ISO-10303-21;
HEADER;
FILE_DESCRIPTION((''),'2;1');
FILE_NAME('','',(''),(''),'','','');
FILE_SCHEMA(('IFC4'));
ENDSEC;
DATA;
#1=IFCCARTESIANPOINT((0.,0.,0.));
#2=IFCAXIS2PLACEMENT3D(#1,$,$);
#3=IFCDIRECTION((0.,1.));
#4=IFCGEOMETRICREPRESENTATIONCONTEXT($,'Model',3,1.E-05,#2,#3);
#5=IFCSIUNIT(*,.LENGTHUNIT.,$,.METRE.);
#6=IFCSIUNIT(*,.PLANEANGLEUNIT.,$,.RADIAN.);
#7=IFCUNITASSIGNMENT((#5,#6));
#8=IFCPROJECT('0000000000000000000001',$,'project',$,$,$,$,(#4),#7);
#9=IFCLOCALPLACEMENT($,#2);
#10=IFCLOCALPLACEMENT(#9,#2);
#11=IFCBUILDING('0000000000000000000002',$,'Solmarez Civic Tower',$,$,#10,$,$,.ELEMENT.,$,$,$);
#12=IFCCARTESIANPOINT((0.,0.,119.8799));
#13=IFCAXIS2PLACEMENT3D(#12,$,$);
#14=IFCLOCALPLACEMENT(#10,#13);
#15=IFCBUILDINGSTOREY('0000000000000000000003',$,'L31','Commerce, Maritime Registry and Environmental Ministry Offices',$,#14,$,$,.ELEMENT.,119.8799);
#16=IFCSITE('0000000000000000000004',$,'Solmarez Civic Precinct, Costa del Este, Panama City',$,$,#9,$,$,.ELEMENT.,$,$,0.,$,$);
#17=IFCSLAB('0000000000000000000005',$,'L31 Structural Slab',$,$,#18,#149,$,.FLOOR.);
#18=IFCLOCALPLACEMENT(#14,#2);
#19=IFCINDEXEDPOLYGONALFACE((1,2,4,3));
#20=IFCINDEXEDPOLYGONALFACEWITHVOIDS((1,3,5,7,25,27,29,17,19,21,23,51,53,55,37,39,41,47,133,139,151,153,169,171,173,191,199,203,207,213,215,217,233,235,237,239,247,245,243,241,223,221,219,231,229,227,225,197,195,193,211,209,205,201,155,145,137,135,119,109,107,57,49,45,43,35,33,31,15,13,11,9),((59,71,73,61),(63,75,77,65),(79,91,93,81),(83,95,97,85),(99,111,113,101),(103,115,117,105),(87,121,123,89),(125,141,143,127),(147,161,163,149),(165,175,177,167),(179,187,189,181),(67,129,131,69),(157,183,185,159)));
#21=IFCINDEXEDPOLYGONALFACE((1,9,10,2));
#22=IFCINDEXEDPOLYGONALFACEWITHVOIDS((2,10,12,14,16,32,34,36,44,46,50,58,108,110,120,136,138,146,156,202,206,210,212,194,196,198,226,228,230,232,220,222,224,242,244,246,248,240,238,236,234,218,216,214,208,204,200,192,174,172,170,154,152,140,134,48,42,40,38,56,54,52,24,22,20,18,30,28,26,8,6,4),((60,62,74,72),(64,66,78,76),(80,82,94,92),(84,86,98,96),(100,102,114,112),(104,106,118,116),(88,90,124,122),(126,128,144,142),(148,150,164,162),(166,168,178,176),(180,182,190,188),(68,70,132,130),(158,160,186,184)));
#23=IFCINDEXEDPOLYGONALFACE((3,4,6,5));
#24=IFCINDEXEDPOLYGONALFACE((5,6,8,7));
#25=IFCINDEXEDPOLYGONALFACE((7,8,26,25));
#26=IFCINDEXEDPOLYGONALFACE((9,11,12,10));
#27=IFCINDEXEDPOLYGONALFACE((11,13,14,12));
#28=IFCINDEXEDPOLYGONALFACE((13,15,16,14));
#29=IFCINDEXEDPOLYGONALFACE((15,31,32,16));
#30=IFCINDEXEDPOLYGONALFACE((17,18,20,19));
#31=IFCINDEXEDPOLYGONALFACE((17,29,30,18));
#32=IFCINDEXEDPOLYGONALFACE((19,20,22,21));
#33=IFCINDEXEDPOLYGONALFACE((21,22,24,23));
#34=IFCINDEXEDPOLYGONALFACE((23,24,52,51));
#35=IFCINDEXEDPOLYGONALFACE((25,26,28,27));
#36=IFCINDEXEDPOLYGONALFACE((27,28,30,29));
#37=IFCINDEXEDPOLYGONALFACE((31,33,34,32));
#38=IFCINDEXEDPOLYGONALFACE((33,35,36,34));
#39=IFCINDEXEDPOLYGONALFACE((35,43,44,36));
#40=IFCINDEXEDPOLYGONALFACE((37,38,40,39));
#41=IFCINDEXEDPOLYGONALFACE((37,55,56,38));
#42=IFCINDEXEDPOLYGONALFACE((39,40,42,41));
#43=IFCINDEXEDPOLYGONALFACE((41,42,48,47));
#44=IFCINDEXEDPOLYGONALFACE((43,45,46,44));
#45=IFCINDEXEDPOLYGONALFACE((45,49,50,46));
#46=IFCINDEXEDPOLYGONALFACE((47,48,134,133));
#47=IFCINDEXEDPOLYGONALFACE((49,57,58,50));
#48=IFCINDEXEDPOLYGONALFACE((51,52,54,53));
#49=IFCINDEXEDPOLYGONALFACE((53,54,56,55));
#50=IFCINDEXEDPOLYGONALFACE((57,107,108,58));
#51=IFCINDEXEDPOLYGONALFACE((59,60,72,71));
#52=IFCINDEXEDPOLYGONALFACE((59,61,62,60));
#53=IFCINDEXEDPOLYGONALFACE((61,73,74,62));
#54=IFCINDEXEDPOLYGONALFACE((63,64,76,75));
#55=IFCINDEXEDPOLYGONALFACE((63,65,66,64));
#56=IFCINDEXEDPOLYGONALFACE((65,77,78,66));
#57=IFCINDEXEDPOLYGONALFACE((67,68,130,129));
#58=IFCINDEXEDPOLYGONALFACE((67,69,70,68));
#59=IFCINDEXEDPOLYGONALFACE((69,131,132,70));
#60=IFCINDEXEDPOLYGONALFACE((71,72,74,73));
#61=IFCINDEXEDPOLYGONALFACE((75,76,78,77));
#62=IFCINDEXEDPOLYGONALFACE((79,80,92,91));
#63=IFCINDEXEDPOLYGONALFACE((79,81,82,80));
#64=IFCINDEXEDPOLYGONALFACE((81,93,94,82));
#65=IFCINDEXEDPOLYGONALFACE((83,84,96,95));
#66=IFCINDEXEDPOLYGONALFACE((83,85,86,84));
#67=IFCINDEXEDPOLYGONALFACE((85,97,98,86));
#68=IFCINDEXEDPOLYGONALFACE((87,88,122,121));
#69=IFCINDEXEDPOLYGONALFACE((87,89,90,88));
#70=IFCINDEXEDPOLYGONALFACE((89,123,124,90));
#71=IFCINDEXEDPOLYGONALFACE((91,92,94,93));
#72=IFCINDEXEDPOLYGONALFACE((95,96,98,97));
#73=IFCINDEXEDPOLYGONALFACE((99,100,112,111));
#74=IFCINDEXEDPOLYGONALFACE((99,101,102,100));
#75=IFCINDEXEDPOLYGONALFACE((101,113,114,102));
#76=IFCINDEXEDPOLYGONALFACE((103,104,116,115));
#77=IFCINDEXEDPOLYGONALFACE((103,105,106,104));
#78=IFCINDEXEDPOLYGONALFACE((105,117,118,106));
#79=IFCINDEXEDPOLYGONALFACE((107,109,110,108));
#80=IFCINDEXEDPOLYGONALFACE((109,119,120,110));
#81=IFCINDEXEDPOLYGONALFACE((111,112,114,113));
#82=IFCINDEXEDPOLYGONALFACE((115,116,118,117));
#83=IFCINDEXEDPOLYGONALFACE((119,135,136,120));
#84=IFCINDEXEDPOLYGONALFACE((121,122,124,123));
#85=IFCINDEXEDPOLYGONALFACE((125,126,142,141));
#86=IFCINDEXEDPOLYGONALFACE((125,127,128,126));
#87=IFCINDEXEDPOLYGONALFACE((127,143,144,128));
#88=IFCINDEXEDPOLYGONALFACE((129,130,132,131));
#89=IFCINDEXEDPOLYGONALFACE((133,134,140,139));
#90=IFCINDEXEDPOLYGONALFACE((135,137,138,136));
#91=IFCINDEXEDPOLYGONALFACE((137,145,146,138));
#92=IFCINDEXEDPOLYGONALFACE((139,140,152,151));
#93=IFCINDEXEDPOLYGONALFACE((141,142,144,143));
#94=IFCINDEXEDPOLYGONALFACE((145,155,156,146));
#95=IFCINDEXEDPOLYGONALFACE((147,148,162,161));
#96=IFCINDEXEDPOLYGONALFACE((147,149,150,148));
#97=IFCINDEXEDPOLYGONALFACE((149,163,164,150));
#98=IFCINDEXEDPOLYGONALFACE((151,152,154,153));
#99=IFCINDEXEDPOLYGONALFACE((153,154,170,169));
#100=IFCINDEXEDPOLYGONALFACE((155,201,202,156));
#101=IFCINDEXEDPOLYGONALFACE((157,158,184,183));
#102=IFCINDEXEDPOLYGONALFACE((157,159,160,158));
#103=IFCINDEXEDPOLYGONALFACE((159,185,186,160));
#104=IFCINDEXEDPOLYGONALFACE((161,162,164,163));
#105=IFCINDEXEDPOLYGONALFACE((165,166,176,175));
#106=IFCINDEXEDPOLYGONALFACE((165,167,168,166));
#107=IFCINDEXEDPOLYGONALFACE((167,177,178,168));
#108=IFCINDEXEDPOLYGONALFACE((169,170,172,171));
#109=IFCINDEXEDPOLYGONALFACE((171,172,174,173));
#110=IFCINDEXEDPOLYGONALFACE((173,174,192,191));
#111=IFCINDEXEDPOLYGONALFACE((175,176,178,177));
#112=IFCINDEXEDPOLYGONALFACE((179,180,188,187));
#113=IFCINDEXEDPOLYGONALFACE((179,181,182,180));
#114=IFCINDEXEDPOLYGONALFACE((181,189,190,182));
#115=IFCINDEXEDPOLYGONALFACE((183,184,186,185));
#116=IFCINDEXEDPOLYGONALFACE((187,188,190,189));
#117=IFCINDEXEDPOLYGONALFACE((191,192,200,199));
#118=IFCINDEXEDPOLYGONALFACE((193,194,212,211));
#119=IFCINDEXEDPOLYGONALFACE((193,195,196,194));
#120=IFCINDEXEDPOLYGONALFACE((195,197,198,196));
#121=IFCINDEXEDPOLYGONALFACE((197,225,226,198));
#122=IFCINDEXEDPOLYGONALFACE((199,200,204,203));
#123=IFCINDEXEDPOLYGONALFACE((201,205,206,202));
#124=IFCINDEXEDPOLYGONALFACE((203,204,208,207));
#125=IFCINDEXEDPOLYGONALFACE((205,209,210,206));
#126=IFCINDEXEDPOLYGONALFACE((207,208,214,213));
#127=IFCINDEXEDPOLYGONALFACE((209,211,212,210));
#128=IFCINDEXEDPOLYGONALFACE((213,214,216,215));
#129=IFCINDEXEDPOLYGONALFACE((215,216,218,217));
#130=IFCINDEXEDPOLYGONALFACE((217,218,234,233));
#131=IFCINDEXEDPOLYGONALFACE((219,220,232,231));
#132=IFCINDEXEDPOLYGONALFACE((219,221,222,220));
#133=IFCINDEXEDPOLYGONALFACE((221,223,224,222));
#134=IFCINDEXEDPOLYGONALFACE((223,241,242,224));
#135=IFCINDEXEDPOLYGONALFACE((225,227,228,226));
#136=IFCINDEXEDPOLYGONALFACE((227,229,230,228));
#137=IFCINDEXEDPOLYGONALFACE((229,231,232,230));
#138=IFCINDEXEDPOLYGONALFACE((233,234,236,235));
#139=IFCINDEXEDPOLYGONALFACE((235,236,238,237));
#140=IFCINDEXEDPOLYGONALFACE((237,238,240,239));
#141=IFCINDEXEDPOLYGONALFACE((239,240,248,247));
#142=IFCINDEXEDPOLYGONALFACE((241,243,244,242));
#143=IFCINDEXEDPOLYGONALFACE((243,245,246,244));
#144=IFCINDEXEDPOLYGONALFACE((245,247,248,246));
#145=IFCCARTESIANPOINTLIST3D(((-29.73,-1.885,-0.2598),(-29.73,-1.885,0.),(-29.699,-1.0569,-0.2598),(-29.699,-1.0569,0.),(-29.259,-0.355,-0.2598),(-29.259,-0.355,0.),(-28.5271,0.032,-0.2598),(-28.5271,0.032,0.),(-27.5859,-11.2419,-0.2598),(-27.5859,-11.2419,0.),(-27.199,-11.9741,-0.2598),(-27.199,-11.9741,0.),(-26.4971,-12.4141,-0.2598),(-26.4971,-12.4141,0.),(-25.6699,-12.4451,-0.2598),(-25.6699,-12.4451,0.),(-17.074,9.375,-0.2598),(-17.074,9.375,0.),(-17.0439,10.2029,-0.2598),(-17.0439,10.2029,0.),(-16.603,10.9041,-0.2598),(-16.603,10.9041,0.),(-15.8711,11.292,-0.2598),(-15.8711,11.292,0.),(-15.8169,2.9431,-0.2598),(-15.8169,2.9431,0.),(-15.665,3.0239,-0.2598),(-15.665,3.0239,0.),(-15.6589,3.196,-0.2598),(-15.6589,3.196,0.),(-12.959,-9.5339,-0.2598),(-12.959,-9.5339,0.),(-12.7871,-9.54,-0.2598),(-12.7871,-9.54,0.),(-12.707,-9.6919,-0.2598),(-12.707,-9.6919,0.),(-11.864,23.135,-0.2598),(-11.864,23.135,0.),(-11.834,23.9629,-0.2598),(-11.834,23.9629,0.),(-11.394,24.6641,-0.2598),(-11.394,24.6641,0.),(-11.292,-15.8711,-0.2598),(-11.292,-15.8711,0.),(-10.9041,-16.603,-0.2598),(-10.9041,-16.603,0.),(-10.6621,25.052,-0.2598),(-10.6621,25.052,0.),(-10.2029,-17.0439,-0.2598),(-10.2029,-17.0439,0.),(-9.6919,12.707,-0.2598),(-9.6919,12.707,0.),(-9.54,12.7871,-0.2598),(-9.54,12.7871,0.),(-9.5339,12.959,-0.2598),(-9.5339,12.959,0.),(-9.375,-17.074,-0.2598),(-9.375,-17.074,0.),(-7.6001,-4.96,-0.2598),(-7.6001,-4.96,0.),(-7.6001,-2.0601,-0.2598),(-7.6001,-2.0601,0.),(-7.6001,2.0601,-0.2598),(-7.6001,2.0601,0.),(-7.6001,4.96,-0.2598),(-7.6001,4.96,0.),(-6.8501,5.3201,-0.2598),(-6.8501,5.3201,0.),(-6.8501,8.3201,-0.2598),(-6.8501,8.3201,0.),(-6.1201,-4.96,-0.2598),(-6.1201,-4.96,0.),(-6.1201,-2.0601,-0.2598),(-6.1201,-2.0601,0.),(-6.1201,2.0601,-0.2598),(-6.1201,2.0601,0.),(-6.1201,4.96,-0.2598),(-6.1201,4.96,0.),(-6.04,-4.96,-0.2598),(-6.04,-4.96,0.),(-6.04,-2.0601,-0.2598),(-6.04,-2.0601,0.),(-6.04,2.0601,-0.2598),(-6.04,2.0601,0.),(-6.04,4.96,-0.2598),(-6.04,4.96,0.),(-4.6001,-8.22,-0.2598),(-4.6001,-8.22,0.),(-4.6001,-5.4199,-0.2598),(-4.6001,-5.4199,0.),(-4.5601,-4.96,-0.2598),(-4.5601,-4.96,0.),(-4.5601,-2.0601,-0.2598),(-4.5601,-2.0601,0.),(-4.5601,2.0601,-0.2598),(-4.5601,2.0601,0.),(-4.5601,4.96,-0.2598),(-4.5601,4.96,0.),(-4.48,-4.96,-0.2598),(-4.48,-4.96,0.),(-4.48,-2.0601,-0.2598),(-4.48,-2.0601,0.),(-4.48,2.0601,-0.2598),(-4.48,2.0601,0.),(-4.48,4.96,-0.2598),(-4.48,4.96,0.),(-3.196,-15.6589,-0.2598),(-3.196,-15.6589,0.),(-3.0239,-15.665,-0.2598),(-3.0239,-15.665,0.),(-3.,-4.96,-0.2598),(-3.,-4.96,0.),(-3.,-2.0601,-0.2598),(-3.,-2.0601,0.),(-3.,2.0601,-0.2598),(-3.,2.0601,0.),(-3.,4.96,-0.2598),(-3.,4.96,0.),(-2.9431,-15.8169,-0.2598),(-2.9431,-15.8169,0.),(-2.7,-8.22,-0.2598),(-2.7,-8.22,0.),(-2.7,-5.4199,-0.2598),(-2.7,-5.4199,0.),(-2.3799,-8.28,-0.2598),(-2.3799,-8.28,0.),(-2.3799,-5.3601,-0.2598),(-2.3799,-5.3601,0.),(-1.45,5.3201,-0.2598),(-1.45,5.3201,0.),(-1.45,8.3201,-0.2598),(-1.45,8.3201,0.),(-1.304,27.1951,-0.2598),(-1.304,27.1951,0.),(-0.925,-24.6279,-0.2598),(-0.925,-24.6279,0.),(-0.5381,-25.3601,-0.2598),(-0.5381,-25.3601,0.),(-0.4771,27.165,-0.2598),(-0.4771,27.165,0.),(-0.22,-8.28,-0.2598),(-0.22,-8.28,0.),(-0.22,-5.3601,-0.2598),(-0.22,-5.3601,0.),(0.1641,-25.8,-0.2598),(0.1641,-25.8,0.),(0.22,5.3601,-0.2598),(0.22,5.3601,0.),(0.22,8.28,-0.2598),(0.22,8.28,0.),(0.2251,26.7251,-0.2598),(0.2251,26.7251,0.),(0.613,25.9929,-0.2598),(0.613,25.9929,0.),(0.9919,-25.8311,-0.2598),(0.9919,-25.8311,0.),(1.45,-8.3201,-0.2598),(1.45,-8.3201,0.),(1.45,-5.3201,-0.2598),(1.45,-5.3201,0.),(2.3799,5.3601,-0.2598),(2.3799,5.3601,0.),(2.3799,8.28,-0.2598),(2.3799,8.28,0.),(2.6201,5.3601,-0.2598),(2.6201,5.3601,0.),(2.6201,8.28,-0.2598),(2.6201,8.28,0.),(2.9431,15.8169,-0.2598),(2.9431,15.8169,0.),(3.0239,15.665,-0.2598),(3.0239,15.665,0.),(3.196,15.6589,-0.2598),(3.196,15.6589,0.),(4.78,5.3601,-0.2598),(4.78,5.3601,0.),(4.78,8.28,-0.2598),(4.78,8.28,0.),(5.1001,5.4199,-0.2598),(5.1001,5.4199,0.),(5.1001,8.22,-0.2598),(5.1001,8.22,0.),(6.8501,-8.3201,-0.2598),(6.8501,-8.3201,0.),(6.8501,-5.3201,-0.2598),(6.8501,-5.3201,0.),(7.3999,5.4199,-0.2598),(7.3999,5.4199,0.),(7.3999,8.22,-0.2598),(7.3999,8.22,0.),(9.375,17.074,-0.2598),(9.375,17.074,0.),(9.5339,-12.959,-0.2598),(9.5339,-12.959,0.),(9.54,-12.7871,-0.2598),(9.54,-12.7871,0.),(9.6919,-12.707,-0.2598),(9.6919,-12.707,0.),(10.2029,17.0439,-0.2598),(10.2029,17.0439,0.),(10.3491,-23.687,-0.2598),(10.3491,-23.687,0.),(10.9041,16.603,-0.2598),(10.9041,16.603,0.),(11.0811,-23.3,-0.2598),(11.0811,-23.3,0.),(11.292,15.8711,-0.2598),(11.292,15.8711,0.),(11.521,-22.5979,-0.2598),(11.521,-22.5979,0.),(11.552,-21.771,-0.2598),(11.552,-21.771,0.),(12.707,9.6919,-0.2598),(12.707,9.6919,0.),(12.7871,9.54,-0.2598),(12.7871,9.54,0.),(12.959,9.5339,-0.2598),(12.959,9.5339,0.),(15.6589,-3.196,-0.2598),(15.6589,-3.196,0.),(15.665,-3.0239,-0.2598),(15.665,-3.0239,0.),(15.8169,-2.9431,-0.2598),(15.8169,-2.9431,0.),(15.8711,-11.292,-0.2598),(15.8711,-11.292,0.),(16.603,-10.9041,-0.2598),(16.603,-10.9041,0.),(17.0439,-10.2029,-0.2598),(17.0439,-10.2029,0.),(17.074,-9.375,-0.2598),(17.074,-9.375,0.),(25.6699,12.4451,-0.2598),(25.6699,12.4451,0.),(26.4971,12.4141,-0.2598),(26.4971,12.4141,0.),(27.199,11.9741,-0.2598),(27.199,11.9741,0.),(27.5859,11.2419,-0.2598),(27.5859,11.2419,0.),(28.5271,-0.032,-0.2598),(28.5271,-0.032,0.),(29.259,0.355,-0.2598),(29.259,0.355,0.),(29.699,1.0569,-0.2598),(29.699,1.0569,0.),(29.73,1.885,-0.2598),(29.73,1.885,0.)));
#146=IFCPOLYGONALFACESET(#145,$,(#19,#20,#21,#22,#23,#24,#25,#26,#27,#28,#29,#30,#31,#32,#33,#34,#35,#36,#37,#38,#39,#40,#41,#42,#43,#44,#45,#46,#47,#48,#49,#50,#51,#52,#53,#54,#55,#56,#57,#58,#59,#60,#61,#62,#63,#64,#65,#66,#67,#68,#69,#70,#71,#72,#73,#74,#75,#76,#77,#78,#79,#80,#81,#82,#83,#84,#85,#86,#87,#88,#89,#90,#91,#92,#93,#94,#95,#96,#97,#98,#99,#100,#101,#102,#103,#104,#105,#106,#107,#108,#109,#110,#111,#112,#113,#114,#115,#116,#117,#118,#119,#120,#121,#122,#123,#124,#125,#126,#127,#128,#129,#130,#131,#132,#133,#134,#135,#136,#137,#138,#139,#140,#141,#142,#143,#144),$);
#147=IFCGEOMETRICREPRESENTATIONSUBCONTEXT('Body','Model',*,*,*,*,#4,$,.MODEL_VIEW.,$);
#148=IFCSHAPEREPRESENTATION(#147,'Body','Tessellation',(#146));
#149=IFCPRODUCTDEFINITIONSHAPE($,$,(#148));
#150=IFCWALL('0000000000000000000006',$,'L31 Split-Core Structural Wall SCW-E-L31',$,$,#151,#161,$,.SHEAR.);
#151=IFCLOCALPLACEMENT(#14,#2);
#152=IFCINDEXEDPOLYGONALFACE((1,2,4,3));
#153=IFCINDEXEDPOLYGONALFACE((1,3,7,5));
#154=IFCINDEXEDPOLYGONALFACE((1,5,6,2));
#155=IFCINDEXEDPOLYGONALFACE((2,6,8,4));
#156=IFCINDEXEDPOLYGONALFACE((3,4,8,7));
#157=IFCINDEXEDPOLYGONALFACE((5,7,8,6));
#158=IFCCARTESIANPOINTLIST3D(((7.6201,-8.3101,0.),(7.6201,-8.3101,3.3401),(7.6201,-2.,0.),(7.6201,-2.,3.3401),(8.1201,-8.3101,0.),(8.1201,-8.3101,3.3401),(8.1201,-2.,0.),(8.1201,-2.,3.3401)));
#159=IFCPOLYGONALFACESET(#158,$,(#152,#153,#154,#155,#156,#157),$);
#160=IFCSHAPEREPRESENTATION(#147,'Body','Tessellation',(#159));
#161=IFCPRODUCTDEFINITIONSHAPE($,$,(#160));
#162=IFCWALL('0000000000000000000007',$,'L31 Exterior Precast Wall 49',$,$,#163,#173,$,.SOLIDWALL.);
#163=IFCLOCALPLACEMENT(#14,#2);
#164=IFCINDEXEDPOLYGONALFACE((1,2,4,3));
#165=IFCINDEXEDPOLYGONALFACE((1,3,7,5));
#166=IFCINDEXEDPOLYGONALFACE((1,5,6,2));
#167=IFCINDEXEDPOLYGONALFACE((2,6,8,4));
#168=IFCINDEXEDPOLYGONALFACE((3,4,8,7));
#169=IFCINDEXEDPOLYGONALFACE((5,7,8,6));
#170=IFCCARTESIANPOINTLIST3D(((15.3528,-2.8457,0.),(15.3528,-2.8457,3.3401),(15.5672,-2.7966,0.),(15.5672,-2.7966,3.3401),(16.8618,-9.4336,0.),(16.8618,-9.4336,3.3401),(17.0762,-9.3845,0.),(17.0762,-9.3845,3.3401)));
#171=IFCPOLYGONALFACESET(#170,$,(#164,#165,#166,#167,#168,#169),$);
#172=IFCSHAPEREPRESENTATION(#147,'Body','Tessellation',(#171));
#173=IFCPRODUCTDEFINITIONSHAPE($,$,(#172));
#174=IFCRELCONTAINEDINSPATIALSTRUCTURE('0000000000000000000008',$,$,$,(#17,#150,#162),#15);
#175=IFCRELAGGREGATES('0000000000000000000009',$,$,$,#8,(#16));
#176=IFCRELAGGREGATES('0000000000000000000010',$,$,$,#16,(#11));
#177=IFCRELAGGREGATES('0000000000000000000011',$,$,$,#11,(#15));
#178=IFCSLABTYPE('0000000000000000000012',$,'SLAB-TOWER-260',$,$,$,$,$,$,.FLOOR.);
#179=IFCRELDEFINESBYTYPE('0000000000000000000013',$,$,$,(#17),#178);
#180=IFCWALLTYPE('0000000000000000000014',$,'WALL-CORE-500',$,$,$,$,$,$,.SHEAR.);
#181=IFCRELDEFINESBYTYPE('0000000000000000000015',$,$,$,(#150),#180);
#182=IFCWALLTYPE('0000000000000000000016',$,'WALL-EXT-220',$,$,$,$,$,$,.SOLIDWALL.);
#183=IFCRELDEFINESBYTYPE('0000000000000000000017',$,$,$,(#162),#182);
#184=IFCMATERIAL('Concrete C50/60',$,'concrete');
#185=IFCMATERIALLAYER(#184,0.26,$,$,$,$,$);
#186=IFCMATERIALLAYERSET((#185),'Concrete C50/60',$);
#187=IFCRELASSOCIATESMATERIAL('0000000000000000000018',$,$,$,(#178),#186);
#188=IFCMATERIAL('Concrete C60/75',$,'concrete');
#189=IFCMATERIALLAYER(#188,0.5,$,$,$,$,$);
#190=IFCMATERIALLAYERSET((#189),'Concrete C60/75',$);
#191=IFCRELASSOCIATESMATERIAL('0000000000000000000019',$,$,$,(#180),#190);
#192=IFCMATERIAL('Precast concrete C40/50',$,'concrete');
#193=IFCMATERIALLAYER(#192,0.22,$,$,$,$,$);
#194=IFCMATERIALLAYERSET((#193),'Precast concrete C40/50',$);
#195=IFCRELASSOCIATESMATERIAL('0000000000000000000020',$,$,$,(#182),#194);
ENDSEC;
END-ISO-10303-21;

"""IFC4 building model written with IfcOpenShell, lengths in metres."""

from ifc_helpers import new_model, si_unit, direction, frame, frame_2d, origin, place, context, subcontext, project, spatial, polyline, rectangle, outline, extrude, material, layer, layer_set, type_object, element, save


model = new_model("IFC4")

# Units and contexts
model_context = context("Model", 3, precision=1e-05, world=origin(), true_north=direction((0.0, 1.0)))
body_context = subcontext(model_context, "Body", "Model", "MODEL_VIEW")
ifc_project = project(units=[si_unit("LENGTHUNIT", "METRE"), si_unit("PLANEANGLEUNIT", "RADIAN")], contexts=[model_context])

# Site, building, storey
site_placement = place(None, origin())
site = spatial("IfcSite", under=ifc_project, at=site_placement, Name="Solmarez Civic Precinct, Costa del Este, Panama City", CompositionType="ELEMENT", RefElevation=0.0)
building_placement = place(site_placement, origin())
building = spatial("IfcBuilding", under=site, at=building_placement, Name="Solmarez Civic Tower", CompositionType="ELEMENT")
storey_placement = place(building_placement, frame((0.0, 0.0, 119.8799)))
storey = spatial("IfcBuildingStorey", under=building, at=storey_placement, Name="L31", Description="Commerce, Maritime Registry and Environmental Ministry Offices", CompositionType="ELEMENT", Elevation=119.8799)

# Shared definitions
ifc_material_1 = material(Name="Concrete C50/60", Category="concrete")

# Slab
ifc_layer_1 = layer(ifc_material_1, 0.26)
ifc_layer_set_1 = layer_set([ifc_layer_1], Name="Concrete C50/60")
slab_type_1 = type_object("IfcSlabType", Name="SLAB-TOWER-260", PredefinedType="FLOOR", material=ifc_layer_set_1)
slab_1_placement = place(storey_placement, frame((0.0, 0.0, -0.2598)))
element("IfcSlab", 1, at=slab_1_placement, inside=storey, type_object=slab_type_1, Name="L31 Structural Slab", PredefinedType="FLOOR", context=body_context, shape_type="SweptSolid", body=[
    extrude(outline(polyline([(-12.707, -9.6919), (-11.292, -15.8711), (-10.9041, -16.603), (-10.2029, -17.0439), (-9.375, -17.074), (-3.196, -15.6589), (-3.0239, -15.665), (-2.9431, -15.8169), (-0.925, -24.6279), (-0.5381, -25.3601), (0.1641, -25.8), (0.9919, -25.8311), (10.3491, -23.687), (11.0811, -23.3), (11.521, -22.5979), (11.552, -21.771), (9.5339, -12.959), (9.54, -12.7871), (9.6919, -12.707), (15.8711, -11.292), (16.603, -10.9041), (17.0439, -10.2029), (17.074, -9.375), (15.6589, -3.196), (15.665, -3.0239), (15.8169, -2.9431), (28.5271, -0.032), (29.259, 0.355), (29.699, 1.0569), (29.73, 1.885), (27.5859, 11.2419), (27.199, 11.9741), (26.4971, 12.4141), (25.6699, 12.4451), (12.959, 9.5339), (12.7871, 9.54), (12.707, 9.6919), (11.292, 15.8711), (10.9041, 16.603), (10.2029, 17.0439), (9.375, 17.074), (3.196, 15.6589), (3.0239, 15.665), (2.9431, 15.8169), (0.613, 25.9929), (0.2251, 26.7251), (-0.4771, 27.165), (-1.304, 27.1951), (-10.6621, 25.052), (-11.394, 24.6641), (-11.834, 23.9629), (-11.864, 23.135), (-9.5339, 12.959), (-9.54, 12.7871), (-9.6919, 12.707), (-15.8711, 11.292), (-16.603, 10.9041), (-17.0439, 10.2029), (-17.074, 9.375), (-15.6589, 3.196), (-15.665, 3.0239), (-15.8169, 2.9431), (-28.5271, 0.032), (-29.259, -0.355), (-29.699, -1.0569), (-29.73, -1.885), (-27.5859, -11.2419), (-27.199, -11.9741), (-26.4971, -12.4141), (-25.6699, -12.4451), (-12.959, -9.5339), (-12.7871, -9.54), (-12.707, -9.6919)]), holes=[polyline([(-1.45, 8.3201), (-6.8501, 8.3201), (-6.8501, 5.3201), (-1.45, 5.3201), (-1.45, 8.3201)]), polyline([(1.45, -8.3201), (6.8501, -8.3201), (6.8501, -5.3201), (1.45, -5.3201), (1.45, -8.3201)]), polyline([(0.22, 5.3601), (2.3799, 5.3601), (2.3799, 8.28), (0.22, 8.28), (0.22, 5.3601)]), polyline([(2.6201, 5.3601), (4.78, 5.3601), (4.78, 8.28), (2.6201, 8.28), (2.6201, 5.3601)]), polyline([(-2.3799, -8.28), (-0.22, -8.28), (-0.22, -5.3601), (-2.3799, -5.3601), (-2.3799, -8.28)]), polyline([(-7.6001, -4.96), (-6.1201, -4.96), (-6.1201, -2.0601), (-7.6001, -2.0601), (-7.6001, -4.96)]), polyline([(-6.04, -4.96), (-4.5601, -4.96), (-4.5601, -2.0601), (-6.04, -2.0601), (-6.04, -4.96)]), polyline([(-4.48, -4.96), (-3.0, -4.96), (-3.0, -2.0601), (-4.48, -2.0601), (-4.48, -4.96)]), polyline([(-7.6001, 2.0601), (-6.1201, 2.0601), (-6.1201, 4.96), (-7.6001, 4.96), (-7.6001, 2.0601)]), polyline([(-6.04, 2.0601), (-4.5601, 2.0601), (-4.5601, 4.96), (-6.04, 4.96), (-6.04, 2.0601)]), polyline([(-4.48, 2.0601), (-3.0, 2.0601), (-3.0, 4.96), (-4.48, 4.96), (-4.48, 2.0601)]), polyline([(5.1001, 5.4199), (7.3999, 5.4199), (7.3999, 8.22), (5.1001, 8.22), (5.1001, 5.4199)]), polyline([(-4.6001, -8.22), (-2.7, -8.22), (-2.7, -5.4199), (-4.6001, -5.4199), (-4.6001, -8.22)])]), origin(), (0.0, 0.0, 1.0), 0.2598),
])

# Walls
ifc_material_2 = material(Name="Concrete C60/75", Category="concrete")
ifc_layer_2 = layer(ifc_material_2, 0.5)
ifc_layer_set_2 = layer_set([ifc_layer_2], Name="Concrete C60/75")
wall_type_1 = type_object("IfcWallType", Name="WALL-CORE-500", PredefinedType="SHEAR", material=ifc_layer_set_2)
wall_1_placement = place(storey_placement, frame((7.8701, -2.0, 0.0), z_axis=(0.0, 0.0, 1.0), x_axis=(0.0, -1.0, 0.0)))
element("IfcWall", 2, at=wall_1_placement, inside=storey, type_object=wall_type_1, Name="L31 Split-Core Structural Wall SCW-E-L31", PredefinedType="SHEAR", context=body_context, shape_type="SweptSolid", body=[
    extrude(rectangle(XDim=6.3101, YDim=0.5, at=frame_2d((3.155, 0.0))), origin(), (0.0, 0.0, 1.0), 3.3401),
])
ifc_material_3 = material(Name="Precast concrete C40/50", Category="concrete")
ifc_layer_3 = layer(ifc_material_3, 0.22)
ifc_layer_set_3 = layer_set([ifc_layer_3], Name="Precast concrete C40/50")
wall_type_2 = type_object("IfcWallType", Name="WALL-EXT-220", PredefinedType="SOLIDWALL", material=ifc_layer_set_3)
wall_2_placement = place(storey_placement, frame((15.46, -2.821, 0.0), z_axis=(0.0, 0.0, 1.0), x_axis=(0.223279, -0.974755, 0.0)))
element("IfcWall", 3, at=wall_2_placement, inside=storey, type_object=wall_type_2, Name="L31 Exterior Precast Wall 49", PredefinedType="SOLIDWALL", context=body_context, shape_type="SweptSolid", body=[
    extrude(rectangle(XDim=6.7585, YDim=0.22, at=frame_2d((3.3794, 0.0))), origin(), (0.0, 0.0, 1.0), 3.3401),
])

save(model, "model.ifc")
